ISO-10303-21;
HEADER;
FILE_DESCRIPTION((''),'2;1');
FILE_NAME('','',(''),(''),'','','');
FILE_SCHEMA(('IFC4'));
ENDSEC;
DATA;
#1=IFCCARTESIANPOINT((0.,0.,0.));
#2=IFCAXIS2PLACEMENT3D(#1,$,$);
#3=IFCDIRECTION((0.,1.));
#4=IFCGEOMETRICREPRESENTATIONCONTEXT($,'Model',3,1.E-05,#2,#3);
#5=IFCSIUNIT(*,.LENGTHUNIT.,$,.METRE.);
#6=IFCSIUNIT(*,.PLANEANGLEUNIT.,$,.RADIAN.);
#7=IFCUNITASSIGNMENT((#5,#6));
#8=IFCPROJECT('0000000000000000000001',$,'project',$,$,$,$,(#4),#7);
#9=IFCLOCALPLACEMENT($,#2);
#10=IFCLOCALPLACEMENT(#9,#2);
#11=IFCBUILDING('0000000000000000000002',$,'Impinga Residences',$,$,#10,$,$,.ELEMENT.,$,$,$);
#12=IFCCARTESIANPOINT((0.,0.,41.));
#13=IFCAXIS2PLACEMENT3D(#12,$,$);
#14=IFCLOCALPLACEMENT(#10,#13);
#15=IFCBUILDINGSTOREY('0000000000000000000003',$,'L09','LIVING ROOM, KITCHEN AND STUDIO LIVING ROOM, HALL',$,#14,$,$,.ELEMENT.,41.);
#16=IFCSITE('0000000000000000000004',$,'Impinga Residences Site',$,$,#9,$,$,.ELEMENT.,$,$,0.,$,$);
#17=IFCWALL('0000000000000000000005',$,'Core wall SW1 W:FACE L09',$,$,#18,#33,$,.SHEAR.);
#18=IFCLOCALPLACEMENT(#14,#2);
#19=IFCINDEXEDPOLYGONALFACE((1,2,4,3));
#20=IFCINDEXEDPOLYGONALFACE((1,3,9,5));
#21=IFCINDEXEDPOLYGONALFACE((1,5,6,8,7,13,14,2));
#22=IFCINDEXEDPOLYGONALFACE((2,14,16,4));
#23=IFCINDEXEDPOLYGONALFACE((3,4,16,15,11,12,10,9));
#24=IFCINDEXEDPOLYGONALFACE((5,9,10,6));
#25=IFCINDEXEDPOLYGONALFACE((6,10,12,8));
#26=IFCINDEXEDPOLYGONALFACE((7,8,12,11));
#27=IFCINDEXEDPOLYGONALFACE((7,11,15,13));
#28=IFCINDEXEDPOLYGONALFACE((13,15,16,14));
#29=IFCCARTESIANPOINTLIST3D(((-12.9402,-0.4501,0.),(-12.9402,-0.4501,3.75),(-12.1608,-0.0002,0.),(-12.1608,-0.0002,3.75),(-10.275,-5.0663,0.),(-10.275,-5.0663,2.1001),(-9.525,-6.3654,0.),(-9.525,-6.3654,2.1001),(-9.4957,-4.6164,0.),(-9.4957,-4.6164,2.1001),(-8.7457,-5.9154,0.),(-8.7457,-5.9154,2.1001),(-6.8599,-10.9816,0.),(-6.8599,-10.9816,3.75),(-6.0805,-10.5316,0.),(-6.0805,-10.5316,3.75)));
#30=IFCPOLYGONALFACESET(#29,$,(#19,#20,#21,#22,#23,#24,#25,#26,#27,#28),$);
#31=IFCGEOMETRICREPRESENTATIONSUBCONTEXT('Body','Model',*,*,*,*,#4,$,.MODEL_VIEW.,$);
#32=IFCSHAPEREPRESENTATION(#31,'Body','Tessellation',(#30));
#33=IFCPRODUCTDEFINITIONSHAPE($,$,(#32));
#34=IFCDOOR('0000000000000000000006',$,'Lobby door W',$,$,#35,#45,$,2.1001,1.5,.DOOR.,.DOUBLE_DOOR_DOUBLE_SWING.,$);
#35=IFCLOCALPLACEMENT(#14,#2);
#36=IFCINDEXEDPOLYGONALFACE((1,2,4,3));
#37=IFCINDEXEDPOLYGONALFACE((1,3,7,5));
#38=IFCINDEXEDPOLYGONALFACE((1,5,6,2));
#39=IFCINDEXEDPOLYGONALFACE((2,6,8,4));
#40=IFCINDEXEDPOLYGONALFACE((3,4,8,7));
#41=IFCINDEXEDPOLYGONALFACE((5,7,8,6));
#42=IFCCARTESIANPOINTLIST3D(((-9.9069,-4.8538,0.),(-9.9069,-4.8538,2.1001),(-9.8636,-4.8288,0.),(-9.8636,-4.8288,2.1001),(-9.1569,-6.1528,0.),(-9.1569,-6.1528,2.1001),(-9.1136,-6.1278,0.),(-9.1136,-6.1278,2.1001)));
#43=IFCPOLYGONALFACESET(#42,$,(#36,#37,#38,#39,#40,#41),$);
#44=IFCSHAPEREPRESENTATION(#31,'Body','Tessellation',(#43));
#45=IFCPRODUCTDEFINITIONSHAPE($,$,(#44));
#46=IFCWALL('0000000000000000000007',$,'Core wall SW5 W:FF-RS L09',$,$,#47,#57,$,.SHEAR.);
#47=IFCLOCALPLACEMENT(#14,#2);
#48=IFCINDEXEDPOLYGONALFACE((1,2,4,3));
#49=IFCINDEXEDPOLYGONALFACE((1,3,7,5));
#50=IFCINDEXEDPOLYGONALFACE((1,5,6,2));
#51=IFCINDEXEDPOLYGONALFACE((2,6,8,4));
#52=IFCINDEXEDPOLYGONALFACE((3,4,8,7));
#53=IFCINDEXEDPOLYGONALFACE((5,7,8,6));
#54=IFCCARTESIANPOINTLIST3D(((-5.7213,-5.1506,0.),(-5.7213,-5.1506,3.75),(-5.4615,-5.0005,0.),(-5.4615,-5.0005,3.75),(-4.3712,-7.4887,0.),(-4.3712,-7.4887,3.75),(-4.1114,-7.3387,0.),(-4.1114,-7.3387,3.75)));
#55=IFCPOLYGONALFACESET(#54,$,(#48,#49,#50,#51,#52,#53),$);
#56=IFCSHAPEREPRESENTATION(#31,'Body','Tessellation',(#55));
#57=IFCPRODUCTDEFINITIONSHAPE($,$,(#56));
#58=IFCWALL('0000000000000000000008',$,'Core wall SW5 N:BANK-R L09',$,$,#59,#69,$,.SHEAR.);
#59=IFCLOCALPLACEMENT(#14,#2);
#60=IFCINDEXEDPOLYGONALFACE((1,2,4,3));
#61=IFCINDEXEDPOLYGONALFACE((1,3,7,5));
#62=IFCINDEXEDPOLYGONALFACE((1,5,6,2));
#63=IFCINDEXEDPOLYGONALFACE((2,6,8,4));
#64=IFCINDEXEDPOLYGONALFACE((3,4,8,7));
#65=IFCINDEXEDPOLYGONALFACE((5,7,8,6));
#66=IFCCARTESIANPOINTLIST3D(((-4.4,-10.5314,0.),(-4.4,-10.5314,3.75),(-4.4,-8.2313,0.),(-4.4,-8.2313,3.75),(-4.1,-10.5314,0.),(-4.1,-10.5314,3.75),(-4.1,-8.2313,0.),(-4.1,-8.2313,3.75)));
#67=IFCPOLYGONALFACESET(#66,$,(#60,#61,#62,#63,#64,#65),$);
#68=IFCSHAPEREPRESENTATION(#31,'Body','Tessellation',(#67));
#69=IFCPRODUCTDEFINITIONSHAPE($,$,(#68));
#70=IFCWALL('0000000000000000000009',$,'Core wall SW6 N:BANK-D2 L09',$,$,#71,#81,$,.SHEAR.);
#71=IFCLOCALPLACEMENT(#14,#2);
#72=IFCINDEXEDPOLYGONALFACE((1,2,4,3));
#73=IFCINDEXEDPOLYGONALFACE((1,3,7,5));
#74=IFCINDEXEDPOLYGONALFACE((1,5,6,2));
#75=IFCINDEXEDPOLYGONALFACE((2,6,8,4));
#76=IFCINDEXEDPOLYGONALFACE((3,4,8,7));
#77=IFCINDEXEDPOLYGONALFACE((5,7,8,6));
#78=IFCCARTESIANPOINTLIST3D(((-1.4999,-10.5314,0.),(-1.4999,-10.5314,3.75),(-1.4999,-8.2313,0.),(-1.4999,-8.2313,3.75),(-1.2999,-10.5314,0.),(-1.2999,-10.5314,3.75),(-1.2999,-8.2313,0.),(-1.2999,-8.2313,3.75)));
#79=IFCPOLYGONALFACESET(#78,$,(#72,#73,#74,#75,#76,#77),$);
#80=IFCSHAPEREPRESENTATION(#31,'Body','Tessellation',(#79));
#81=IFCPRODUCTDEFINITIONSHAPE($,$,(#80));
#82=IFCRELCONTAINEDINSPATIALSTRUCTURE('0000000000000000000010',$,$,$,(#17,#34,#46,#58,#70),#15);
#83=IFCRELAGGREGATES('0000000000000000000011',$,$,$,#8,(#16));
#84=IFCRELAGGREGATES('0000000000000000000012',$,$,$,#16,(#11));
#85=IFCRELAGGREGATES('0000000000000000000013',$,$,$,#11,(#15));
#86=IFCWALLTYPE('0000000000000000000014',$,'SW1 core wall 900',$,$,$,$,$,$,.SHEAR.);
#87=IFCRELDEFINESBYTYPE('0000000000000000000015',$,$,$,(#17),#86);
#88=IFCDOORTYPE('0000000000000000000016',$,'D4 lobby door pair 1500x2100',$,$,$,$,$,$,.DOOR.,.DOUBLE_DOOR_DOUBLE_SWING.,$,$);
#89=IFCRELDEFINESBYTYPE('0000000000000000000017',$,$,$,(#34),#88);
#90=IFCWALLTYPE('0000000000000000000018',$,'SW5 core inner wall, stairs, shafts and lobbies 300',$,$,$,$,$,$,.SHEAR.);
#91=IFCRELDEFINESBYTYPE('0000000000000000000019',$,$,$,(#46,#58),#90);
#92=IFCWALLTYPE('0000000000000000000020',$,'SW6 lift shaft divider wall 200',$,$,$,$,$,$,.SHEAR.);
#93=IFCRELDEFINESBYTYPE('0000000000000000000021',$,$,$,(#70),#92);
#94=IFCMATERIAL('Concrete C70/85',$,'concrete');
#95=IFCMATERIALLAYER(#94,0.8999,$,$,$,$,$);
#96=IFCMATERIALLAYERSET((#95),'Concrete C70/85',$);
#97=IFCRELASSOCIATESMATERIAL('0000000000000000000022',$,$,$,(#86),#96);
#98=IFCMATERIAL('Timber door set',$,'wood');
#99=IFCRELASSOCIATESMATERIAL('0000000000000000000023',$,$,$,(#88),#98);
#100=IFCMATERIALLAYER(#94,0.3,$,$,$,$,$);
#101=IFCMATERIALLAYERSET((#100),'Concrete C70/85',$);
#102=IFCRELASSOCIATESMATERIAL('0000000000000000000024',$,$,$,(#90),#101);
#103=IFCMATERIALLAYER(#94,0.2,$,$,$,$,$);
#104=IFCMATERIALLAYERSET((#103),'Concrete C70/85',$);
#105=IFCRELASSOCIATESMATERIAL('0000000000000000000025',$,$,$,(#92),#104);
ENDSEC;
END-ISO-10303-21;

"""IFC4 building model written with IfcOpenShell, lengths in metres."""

from ifc_helpers import new_model, si_unit, direction, frame, frame_2d, origin, place, context, subcontext, project, spatial, rectangle, extrude, material, layer, layer_set, type_object, element, fill, save


model = new_model("IFC4")

# Units and contexts
model_context = context("Model", 3, precision=1e-05, world=origin(), true_north=direction((0.0, 1.0)))
body_context = subcontext(model_context, "Body", "Model", "MODEL_VIEW")
ifc_project = project(units=[si_unit("LENGTHUNIT", "METRE"), si_unit("PLANEANGLEUNIT", "RADIAN")], contexts=[model_context])

# Site, building, storey
site_placement = place(None, origin())
site = spatial("IfcSite", under=ifc_project, at=site_placement, Name="Impinga Residences Site", CompositionType="ELEMENT", RefElevation=0.0)
building_placement = place(site_placement, origin())
building = spatial("IfcBuilding", under=site, at=building_placement, Name="Impinga Residences", CompositionType="ELEMENT")
storey_placement = place(building_placement, frame((0.0, 0.0, 41.0)))
storey = spatial("IfcBuildingStorey", under=building, at=storey_placement, Name="L09", Description="LIVING ROOM, KITCHEN AND STUDIO LIVING ROOM, HALL", CompositionType="ELEMENT", Elevation=41.0)

# Shared definitions
ifc_material_1 = material(Name="Concrete C70/85", Category="concrete")

# Wall, opening, door
ifc_layer_1 = layer(ifc_material_1, 0.8999)
ifc_layer_set_1 = layer_set([ifc_layer_1], Name="Concrete C70/85")
wall_type_1 = type_object("IfcWallType", Name="SW1 core wall 900", PredefinedType="SHEAR", material=ifc_layer_set_1)
wall_1_placement = place(storey_placement, frame((-6.4702, -10.7566, 0.0), z_axis=(0.0, 0.0, 1.0), x_axis=(-0.499998, 0.866027, 0.0)))
wall_1 = element("IfcWall", 1, at=wall_1_placement, inside=storey, type_object=wall_type_1, Name="Core wall SW1 W:FACE L09", PredefinedType="SHEAR", context=body_context, shape_type="SweptSolid", body=[
    extrude(rectangle(XDim=12.1606, YDim=0.8999, at=frame_2d((6.0803, 0.0))), origin(), (0.0, 0.0, 1.0), 3.75),
])
opening_1_placement = place(wall_1_placement, frame((5.3303, 0.0, 0.0)))
opening_1 = element("IfcOpeningElement", 2, at=opening_1_placement, cuts=wall_1, PredefinedType="OPENING", context=body_context, shape_type="SweptSolid", body=[
    extrude(rectangle(XDim=1.5, YDim=2.1001, at=frame_2d((0.75, 1.05))), frame((0.0, 0.46, 0.0), z_axis=(0.0, -1.0, 0.0), x_axis=(1.0, 0.0, 0.0)), (0.0, 0.0, 1.0), 0.9199),
])
ifc_material_2 = material(Name="Timber door set", Category="wood")
door_type = type_object("IfcDoorType", Name="D4 lobby door pair 1500x2100", OperationType="DOUBLE_DOOR_DOUBLE_SWING", PredefinedType="DOOR", material=ifc_material_2)
door_placement = place(opening_1_placement, origin())
door = element("IfcDoor", 3, at=door_placement, inside=storey, type_object=door_type, Name="Lobby door W", OperationType="DOUBLE_DOOR_DOUBLE_SWING", OverallHeight=2.1001, OverallWidth=1.5, PredefinedType="DOOR", context=body_context, shape_type="SweptSolid", body=[
    extrude(rectangle(XDim=1.5, YDim=2.1001, at=frame_2d((0.75, 1.05))), frame((0.0, 0.0249, 0.0), z_axis=(0.0, -1.0, 0.0), x_axis=(1.0, 0.0, 0.0)), (0.0, 0.0, 1.0), 0.05),
])
fill(opening_1, door)

# Walls
ifc_layer_2 = layer(ifc_material_1, 0.3)
ifc_layer_set_2 = layer_set([ifc_layer_2], Name="Concrete C70/85")
wall_type_2 = type_object("IfcWallType", Name="SW5 core inner wall, stairs, shafts and lobbies 300", PredefinedType="SHEAR", material=ifc_layer_set_2)
wall_2_placement = place(storey_placement, frame((-4.2412, -7.4138, 0.0), z_axis=(0.0, 0.0, 1.0), x_axis=(-0.500049, 0.865997, 0.0)))
element("IfcWall", 4, at=wall_2_placement, inside=storey, type_object=wall_type_2, Name="Core wall SW5 W:FF-RS L09", PredefinedType="SHEAR", context=body_context, shape_type="SweptSolid", body=[
    extrude(rectangle(XDim=2.7, YDim=0.3, at=frame_2d((1.3501, 0.0))), origin(), (0.0, 0.0, 1.0), 3.75),
])
wall_3_placement = place(storey_placement, frame((-4.25, -8.2314, 0.0), z_axis=(0.0, 0.0, 1.0), x_axis=(0.0, -1.0, 0.0)))
element("IfcWall", 5, at=wall_3_placement, inside=storey, type_object=wall_type_2, Name="Core wall SW5 N:BANK-R L09", PredefinedType="SHEAR", context=body_context, shape_type="SweptSolid", body=[
    extrude(rectangle(XDim=2.3, YDim=0.3, at=frame_2d((1.1499, 0.0))), origin(), (0.0, 0.0, 1.0), 3.75),
])
ifc_layer_3 = layer(ifc_material_1, 0.2)
ifc_layer_set_3 = layer_set([ifc_layer_3], Name="Concrete C70/85")
wall_type_3 = type_object("IfcWallType", Name="SW6 lift shaft divider wall 200", PredefinedType="SHEAR", material=ifc_layer_set_3)
wall_4_placement = place(storey_placement, frame((-1.3999, -8.2314, 0.0), z_axis=(0.0, 0.0, 1.0), x_axis=(0.0, -1.0, 0.0)))
element("IfcWall", 6, at=wall_4_placement, inside=storey, type_object=wall_type_3, Name="Core wall SW6 N:BANK-D2 L09", PredefinedType="SHEAR", context=body_context, shape_type="SweptSolid", body=[
    extrude(rectangle(XDim=2.3, YDim=0.2, at=frame_2d((1.1499, 0.0))), origin(), (0.0, 0.0, 1.0), 3.75),
])

save(model, "model.ifc")
